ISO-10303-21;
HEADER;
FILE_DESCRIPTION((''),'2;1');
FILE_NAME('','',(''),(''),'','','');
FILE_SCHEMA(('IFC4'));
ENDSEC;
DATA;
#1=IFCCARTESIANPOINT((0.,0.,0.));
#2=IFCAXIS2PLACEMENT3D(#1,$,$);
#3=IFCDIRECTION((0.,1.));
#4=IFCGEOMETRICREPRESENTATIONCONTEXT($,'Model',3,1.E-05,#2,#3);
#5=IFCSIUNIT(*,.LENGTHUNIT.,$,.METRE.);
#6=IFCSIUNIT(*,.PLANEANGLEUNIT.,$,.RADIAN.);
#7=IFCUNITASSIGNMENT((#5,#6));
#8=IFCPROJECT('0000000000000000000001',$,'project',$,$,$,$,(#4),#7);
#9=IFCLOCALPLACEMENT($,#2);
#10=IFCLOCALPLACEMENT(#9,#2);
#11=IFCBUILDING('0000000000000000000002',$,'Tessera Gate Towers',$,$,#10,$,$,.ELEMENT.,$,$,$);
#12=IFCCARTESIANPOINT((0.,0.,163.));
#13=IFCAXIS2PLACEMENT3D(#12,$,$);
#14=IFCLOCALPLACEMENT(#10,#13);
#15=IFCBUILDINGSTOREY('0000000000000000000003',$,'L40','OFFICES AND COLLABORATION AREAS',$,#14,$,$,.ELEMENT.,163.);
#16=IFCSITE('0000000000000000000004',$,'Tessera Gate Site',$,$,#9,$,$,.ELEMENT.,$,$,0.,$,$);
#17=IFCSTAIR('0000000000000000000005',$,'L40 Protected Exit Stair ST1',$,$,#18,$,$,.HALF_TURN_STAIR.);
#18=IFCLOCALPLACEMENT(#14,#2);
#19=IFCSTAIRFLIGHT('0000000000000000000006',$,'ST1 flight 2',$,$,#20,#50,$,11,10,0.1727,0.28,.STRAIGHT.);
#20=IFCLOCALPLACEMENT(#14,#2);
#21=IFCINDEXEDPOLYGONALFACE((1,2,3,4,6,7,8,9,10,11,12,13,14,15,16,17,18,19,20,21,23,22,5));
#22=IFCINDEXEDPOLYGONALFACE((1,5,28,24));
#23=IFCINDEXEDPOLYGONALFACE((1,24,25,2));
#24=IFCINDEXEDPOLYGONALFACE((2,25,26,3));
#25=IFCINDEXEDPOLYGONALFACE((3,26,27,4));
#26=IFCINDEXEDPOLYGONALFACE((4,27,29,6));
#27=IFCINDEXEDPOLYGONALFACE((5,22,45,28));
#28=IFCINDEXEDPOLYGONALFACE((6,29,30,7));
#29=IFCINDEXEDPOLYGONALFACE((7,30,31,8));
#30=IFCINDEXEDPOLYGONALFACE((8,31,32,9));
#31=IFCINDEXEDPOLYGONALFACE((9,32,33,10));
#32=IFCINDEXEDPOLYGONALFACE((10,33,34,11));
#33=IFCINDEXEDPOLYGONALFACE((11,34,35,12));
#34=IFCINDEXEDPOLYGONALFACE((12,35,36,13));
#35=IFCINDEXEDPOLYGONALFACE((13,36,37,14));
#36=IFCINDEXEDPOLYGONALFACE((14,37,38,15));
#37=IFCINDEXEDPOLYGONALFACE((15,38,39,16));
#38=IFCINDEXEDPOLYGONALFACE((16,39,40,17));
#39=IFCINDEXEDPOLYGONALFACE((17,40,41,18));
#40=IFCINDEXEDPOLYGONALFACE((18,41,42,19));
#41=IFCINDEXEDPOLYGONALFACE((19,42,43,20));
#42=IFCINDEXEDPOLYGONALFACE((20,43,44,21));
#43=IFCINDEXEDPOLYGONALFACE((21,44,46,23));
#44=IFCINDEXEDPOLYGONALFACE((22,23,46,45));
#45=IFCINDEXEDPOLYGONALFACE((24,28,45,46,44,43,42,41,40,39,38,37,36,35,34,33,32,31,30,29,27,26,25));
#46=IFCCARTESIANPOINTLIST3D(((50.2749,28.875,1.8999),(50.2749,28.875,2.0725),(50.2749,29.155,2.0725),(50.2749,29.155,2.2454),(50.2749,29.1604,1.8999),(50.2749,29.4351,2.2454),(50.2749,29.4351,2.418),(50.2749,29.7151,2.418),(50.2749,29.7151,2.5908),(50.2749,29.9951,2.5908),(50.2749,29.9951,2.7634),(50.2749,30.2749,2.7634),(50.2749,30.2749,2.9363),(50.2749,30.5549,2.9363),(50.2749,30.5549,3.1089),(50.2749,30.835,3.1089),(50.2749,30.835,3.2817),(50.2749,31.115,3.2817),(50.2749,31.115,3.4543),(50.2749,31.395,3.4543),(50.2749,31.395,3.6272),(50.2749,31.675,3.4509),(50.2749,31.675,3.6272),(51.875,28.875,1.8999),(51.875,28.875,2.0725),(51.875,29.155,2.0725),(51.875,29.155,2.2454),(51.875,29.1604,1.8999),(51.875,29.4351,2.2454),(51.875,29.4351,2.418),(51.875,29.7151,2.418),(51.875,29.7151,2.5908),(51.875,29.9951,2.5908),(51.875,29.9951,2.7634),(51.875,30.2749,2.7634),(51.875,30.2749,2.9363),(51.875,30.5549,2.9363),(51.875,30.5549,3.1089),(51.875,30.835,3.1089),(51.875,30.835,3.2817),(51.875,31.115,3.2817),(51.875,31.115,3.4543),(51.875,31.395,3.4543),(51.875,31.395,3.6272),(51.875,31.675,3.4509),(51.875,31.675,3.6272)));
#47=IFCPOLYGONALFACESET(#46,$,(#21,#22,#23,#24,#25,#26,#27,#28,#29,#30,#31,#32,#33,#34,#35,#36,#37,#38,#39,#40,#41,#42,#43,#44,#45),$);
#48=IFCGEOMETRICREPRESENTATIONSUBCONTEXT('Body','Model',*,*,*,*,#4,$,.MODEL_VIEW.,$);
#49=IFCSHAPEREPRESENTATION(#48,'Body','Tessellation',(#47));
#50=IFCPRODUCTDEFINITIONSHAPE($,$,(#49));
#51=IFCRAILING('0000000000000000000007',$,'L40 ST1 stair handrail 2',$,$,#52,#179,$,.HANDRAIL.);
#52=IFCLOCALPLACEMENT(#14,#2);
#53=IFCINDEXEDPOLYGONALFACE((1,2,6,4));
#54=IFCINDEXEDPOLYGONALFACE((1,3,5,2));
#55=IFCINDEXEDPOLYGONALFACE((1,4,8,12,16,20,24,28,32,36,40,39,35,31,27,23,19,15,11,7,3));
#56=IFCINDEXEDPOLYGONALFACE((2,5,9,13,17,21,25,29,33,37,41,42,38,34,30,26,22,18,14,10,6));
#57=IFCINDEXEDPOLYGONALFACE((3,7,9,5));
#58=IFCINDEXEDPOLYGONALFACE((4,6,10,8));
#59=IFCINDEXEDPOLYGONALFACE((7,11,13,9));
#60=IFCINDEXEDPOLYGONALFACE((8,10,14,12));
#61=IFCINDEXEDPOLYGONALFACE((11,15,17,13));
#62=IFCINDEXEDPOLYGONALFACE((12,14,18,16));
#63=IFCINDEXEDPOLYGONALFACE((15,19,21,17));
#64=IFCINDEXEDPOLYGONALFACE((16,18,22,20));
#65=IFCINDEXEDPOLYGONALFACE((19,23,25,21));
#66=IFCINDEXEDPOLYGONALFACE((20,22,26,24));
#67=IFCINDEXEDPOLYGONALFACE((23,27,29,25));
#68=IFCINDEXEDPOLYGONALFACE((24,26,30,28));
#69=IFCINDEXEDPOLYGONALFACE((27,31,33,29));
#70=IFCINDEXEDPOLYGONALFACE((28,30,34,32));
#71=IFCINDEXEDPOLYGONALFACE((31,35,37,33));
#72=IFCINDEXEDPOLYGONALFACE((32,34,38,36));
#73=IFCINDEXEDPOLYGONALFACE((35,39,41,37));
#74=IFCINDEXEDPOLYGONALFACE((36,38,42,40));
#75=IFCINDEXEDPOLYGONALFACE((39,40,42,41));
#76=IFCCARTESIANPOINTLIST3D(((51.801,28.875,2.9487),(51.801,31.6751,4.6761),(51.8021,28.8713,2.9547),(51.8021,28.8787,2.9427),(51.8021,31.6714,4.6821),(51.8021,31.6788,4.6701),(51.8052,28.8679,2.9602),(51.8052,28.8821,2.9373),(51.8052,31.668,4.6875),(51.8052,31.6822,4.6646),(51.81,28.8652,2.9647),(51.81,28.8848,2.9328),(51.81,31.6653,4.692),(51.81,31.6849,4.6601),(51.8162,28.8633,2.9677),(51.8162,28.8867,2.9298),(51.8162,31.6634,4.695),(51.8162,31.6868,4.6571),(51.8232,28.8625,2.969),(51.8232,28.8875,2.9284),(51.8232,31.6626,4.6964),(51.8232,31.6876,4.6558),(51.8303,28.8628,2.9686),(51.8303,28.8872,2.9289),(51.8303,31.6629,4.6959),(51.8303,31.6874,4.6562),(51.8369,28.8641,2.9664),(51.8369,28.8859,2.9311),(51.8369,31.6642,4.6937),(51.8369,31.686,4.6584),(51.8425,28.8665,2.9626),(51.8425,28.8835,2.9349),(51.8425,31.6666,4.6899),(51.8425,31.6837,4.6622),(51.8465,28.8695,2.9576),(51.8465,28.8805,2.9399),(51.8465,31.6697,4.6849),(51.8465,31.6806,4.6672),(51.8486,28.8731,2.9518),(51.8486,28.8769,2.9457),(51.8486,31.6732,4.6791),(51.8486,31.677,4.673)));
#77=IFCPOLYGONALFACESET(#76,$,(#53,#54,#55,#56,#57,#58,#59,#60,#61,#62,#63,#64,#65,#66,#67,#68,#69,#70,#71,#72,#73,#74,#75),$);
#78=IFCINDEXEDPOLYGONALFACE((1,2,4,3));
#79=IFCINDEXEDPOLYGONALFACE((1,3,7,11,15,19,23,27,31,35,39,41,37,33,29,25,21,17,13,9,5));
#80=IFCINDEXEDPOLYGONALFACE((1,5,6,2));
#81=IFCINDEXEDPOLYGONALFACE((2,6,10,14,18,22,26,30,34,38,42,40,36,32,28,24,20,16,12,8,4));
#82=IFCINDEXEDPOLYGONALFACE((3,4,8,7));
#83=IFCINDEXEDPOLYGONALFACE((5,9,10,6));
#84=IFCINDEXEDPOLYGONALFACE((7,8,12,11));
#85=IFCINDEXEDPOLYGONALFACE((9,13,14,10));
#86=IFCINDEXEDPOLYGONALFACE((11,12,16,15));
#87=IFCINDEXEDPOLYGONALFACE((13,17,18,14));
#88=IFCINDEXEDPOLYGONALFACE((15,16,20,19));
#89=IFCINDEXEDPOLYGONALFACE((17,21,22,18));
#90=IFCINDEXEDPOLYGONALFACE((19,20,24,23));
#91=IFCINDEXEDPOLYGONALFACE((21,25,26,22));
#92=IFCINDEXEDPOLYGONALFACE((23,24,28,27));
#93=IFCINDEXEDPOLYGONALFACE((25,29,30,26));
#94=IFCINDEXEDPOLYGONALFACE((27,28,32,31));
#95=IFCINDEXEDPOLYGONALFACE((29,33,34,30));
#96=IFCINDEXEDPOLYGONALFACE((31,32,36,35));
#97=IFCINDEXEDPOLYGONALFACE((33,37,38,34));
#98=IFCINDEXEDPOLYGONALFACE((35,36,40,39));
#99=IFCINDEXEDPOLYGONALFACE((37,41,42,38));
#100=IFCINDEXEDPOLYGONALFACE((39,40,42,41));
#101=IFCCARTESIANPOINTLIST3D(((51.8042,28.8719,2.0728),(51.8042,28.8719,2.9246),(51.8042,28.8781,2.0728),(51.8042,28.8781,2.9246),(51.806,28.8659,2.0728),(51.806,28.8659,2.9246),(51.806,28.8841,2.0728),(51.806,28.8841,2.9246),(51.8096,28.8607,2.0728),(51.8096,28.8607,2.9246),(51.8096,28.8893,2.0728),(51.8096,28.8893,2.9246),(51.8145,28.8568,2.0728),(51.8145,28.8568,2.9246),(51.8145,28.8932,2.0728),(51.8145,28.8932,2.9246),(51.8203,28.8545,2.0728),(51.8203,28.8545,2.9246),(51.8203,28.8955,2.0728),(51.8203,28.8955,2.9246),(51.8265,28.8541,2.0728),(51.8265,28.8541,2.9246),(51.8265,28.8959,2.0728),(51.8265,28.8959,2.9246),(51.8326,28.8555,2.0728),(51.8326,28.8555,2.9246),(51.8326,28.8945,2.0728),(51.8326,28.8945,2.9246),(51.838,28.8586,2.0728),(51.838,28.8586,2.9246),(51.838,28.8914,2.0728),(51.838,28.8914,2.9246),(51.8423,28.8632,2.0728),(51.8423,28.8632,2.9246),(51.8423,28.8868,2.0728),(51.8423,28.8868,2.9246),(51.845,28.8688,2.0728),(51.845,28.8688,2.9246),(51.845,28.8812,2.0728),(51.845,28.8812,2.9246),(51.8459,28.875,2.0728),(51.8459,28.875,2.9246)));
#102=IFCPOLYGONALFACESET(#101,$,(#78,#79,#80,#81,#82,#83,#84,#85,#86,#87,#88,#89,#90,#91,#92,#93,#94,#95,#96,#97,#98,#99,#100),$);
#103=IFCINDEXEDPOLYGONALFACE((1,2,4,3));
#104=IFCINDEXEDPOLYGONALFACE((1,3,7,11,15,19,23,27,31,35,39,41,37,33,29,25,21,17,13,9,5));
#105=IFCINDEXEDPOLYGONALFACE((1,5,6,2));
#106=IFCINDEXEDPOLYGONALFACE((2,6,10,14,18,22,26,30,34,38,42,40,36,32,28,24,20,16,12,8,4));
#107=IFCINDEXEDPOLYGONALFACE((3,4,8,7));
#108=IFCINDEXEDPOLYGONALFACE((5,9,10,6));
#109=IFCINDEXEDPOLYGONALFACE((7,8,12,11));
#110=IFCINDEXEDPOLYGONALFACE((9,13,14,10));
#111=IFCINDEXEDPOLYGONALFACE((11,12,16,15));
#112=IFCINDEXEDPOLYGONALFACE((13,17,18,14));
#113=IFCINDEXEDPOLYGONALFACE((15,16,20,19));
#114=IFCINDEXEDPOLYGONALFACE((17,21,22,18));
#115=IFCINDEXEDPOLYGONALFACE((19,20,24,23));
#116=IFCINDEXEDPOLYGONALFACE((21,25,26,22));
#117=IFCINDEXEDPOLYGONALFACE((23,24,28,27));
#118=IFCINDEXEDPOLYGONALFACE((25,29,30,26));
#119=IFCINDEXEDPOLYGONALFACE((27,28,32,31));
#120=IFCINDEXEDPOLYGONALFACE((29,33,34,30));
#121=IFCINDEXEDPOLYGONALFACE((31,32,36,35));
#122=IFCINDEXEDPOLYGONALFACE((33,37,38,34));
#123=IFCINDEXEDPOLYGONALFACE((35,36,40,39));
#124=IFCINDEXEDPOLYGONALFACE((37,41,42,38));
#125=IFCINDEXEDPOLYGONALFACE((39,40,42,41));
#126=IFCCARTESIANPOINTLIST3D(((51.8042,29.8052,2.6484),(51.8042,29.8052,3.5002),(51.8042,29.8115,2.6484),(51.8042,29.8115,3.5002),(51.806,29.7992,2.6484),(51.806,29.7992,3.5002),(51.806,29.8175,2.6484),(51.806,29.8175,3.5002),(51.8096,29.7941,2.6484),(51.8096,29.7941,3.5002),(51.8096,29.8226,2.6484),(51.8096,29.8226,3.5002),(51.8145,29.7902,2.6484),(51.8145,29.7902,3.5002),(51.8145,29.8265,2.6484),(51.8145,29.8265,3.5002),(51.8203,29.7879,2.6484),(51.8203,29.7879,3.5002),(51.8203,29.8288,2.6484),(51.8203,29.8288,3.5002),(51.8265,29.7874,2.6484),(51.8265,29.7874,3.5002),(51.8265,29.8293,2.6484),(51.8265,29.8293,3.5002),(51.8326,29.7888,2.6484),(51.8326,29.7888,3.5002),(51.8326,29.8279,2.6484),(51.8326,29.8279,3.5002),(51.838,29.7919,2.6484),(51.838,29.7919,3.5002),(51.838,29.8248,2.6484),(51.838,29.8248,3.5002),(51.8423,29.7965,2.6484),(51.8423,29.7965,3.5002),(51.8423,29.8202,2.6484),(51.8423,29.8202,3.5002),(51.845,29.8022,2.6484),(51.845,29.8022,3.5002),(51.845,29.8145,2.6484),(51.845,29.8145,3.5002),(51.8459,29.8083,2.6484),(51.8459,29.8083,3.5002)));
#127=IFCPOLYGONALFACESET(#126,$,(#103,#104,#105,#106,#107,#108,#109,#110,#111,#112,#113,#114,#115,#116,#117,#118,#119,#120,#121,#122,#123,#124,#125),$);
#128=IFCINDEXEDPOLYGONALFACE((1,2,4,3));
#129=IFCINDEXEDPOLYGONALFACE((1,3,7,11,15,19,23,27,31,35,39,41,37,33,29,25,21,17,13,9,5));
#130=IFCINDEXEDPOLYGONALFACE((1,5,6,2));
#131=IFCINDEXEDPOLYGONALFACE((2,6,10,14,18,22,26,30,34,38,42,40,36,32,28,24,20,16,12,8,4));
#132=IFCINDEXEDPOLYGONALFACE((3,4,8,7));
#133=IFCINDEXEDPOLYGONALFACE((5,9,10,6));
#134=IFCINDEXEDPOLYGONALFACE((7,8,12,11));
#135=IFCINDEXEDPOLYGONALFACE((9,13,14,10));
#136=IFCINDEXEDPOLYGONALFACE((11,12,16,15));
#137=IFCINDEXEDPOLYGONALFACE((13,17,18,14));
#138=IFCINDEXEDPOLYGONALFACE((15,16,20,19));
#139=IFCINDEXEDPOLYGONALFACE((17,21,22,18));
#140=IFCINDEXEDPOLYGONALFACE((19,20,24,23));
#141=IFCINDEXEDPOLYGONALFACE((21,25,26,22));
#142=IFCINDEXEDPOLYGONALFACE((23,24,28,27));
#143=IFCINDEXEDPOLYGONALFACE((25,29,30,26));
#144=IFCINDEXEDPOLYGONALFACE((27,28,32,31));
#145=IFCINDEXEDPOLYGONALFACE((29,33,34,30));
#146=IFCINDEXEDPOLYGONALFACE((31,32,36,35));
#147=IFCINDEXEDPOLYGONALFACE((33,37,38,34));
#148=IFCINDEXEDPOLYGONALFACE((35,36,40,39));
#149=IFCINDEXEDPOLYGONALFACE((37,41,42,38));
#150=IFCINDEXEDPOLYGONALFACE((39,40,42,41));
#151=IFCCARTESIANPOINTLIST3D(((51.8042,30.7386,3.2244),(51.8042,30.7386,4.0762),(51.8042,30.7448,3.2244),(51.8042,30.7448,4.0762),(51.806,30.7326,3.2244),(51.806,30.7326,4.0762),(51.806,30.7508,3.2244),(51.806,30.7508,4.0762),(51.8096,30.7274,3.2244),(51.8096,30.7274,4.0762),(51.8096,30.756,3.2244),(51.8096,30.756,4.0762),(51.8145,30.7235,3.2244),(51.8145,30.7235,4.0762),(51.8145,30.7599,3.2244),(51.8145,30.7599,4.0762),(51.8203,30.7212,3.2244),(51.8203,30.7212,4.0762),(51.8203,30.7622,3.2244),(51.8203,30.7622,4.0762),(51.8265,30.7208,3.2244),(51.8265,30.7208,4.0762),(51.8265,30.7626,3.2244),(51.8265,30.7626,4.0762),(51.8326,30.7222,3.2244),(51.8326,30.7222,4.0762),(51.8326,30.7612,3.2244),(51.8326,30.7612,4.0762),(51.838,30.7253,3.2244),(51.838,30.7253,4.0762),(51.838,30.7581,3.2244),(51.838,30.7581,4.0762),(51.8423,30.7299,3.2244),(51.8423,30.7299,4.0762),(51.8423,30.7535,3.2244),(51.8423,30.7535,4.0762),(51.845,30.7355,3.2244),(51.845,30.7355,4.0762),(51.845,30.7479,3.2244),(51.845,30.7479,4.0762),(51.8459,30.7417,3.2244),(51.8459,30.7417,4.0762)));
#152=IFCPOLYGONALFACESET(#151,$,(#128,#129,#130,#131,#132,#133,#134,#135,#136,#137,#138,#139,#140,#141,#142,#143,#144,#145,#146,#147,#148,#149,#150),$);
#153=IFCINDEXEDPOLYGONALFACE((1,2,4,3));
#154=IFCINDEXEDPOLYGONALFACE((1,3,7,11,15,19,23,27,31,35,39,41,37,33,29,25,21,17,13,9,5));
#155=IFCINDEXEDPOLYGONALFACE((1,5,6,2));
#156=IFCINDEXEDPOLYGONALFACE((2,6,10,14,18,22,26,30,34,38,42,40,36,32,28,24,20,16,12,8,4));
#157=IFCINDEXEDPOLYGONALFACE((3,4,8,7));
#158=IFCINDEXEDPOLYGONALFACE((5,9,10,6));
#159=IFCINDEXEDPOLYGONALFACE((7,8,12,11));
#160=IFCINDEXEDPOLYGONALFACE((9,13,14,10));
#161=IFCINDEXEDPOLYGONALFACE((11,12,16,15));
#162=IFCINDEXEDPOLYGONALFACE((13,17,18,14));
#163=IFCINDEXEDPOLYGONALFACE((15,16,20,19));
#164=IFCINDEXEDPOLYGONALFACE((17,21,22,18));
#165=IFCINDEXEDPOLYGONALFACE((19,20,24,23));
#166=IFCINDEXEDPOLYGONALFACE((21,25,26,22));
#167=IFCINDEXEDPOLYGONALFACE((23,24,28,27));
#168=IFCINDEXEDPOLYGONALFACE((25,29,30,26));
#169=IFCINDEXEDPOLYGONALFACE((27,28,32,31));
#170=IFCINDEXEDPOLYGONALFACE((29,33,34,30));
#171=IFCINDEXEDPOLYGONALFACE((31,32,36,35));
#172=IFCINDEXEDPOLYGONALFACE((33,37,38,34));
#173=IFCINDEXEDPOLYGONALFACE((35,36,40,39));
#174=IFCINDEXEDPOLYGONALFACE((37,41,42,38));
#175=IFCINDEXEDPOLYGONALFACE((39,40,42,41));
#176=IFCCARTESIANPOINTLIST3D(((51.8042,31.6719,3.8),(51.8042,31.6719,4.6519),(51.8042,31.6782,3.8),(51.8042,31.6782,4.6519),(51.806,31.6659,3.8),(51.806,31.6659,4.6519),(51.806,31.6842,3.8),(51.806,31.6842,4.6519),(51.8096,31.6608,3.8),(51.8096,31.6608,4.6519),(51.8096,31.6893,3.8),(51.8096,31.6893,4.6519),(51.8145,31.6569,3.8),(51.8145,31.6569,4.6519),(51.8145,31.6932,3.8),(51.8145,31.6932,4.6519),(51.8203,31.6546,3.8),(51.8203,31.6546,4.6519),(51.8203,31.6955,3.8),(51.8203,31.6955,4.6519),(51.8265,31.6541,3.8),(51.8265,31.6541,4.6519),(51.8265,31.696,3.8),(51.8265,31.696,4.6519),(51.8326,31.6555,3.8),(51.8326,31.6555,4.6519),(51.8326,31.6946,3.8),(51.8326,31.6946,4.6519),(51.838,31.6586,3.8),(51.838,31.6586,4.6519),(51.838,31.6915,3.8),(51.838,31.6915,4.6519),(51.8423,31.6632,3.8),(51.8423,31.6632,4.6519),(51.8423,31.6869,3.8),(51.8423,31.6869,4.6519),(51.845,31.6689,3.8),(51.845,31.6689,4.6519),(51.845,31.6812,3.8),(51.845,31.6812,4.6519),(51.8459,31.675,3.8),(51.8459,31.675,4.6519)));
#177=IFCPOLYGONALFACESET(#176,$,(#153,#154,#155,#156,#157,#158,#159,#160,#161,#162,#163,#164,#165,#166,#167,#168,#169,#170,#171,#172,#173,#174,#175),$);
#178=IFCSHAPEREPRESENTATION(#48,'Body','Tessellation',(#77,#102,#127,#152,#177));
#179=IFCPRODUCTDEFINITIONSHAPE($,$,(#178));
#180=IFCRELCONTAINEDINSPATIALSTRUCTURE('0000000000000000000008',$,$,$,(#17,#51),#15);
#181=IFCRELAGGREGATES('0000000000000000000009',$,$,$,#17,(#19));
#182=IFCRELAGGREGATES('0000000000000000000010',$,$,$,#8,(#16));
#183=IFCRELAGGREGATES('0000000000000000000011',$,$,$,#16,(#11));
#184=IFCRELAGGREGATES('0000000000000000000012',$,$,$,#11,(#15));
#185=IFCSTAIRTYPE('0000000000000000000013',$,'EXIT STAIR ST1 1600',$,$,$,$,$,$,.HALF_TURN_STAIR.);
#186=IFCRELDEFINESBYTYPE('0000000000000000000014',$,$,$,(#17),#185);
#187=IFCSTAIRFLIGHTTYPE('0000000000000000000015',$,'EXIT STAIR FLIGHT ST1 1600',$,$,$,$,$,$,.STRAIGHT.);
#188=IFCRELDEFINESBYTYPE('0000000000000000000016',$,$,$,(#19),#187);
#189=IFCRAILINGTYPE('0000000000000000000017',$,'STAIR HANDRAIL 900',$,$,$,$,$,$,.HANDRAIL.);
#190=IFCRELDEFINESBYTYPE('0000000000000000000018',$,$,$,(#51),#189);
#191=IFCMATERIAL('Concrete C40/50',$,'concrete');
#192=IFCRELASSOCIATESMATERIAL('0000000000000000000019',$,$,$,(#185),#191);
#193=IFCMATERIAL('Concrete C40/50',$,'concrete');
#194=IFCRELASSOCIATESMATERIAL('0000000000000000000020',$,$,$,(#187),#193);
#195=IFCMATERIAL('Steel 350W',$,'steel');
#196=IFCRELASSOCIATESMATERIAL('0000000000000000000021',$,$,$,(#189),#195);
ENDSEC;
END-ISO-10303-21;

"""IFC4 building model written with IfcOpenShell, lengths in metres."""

from ifc_helpers import new_model, si_unit, direction, frame, origin, origin_2d, place, context, subcontext, project, spatial, polyline, circle, outline, extrude, material, type_object, element, aggregate, save


model = new_model("IFC4")

# Units and contexts
model_context = context("Model", 3, precision=1e-05, world=origin(), true_north=direction((0.0, 1.0)))
body_context = subcontext(model_context, "Body", "Model", "MODEL_VIEW")
ifc_project = project(units=[si_unit("LENGTHUNIT", "METRE"), si_unit("PLANEANGLEUNIT", "RADIAN")], contexts=[model_context])

# Site, building, storey
site_placement = place(None, origin())
site = spatial("IfcSite", under=ifc_project, at=site_placement, Name="Tessera Gate Site", CompositionType="ELEMENT", RefElevation=0.0)
building_placement = place(site_placement, origin())
building = spatial("IfcBuilding", under=site, at=building_placement, Name="Tessera Gate Towers", CompositionType="ELEMENT")
storey_placement = place(building_placement, frame((0.0, 0.0, 163.0)))
storey = spatial("IfcBuildingStorey", under=building, at=storey_placement, Name="L40", Description="OFFICES AND COLLABORATION AREAS", CompositionType="ELEMENT", Elevation=163.0)

# Stair, stair flight
ifc_material_1 = material(Name="Concrete C40/50", Category="concrete")
stair_type = type_object("IfcStairType", Name="EXIT STAIR ST1 1600", PredefinedType="HALF_TURN_STAIR", material=ifc_material_1)
stair_placement = place(storey_placement, origin())
stair = element("IfcStair", 1, at=stair_placement, inside=storey, type_object=stair_type, Name="L40 Protected Exit Stair ST1", PredefinedType="HALF_TURN_STAIR")
ifc_material_2 = material(Name="Concrete C40/50", Category="concrete")
stair_flight_type = type_object("IfcStairFlightType", Name="EXIT STAIR FLIGHT ST1 1600", PredefinedType="STRAIGHT", material=ifc_material_2)
stair_flight_placement = place(storey_placement, frame((51.075, 28.875, 1.8999), z_axis=(0.0, 0.0, 1.0), x_axis=(0.0, 1.0, 0.0)))
stair_flight = element("IfcStairFlight", 2, at=stair_flight_placement, type_object=stair_flight_type, Name="ST1 flight 2", NumberOfRisers=11, NumberOfTreads=10, PredefinedType="STRAIGHT", RiserHeight=0.1727, TreadLength=0.28, context=body_context, shape_type="SweptSolid", body=[
    extrude(outline(polyline([(0.0, 0.0), (0.0, 0.1726), (0.28, 0.1726), (0.28, 0.3455), (0.5601, 0.3455), (0.5601, 0.5181), (0.8401, 0.5181), (0.8401, 0.6909), (1.1201, 0.6909), (1.1201, 0.8635), (1.3999, 0.8635), (1.3999, 1.0364), (1.6799, 1.0364), (1.6799, 1.209), (1.96, 1.209), (1.96, 1.3818), (2.24, 1.3818), (2.24, 1.5544), (2.52, 1.5544), (2.52, 1.7273), (2.8, 1.7273), (2.8, 1.8999), (2.8, 1.551), (0.2854, 0.0), (0.0, 0.0)])), frame((0.0, 0.8, 0.0), z_axis=(0.0, -1.0, 0.0), x_axis=(1.0, 0.0, 0.0)), (0.0, 0.0, 1.0), 1.6001),
])
aggregate(stair, [stair_flight])

# Railing
ifc_material_3 = material(Name="Steel 350W", Category="steel")
railing_type = type_object("IfcRailingType", Name="STAIR HANDRAIL 900", PredefinedType="HANDRAIL", material=ifc_material_3)
railing_placement = place(storey_placement, frame((51.825, 28.875, 2.0728)))
element("IfcRailing", 3, at=railing_placement, inside=storey, type_object=railing_type, Name="L40 ST1 stair handrail 2", PredefinedType="HANDRAIL", context=body_context, shape_type="SweptSolid", body=[
    extrude(circle(Radius=0.0239, at=origin_2d()), frame((0.0, 0.0, 0.876), z_axis=(0.0, 0.85109, 0.52502), x_axis=(-1.0, 0.0, 0.0)), (0.0, 0.0, 1.0), 3.29),
    extrude(circle(Radius=0.021, at=origin_2d()), origin(), (0.0, 0.0, 1.0), 0.8518),
    extrude(circle(Radius=0.021, at=origin_2d()), frame((0.0, 0.9333, 0.5757)), (0.0, 0.0, 1.0), 0.8518),
    extrude(circle(Radius=0.021, at=origin_2d()), frame((0.0, 1.8667, 1.1516)), (0.0, 0.0, 1.0), 0.8518),
    extrude(circle(Radius=0.021, at=origin_2d()), frame((0.0, 2.8, 1.7273)), (0.0, 0.0, 1.0), 0.8518),
])

save(model, "model.ifc")
